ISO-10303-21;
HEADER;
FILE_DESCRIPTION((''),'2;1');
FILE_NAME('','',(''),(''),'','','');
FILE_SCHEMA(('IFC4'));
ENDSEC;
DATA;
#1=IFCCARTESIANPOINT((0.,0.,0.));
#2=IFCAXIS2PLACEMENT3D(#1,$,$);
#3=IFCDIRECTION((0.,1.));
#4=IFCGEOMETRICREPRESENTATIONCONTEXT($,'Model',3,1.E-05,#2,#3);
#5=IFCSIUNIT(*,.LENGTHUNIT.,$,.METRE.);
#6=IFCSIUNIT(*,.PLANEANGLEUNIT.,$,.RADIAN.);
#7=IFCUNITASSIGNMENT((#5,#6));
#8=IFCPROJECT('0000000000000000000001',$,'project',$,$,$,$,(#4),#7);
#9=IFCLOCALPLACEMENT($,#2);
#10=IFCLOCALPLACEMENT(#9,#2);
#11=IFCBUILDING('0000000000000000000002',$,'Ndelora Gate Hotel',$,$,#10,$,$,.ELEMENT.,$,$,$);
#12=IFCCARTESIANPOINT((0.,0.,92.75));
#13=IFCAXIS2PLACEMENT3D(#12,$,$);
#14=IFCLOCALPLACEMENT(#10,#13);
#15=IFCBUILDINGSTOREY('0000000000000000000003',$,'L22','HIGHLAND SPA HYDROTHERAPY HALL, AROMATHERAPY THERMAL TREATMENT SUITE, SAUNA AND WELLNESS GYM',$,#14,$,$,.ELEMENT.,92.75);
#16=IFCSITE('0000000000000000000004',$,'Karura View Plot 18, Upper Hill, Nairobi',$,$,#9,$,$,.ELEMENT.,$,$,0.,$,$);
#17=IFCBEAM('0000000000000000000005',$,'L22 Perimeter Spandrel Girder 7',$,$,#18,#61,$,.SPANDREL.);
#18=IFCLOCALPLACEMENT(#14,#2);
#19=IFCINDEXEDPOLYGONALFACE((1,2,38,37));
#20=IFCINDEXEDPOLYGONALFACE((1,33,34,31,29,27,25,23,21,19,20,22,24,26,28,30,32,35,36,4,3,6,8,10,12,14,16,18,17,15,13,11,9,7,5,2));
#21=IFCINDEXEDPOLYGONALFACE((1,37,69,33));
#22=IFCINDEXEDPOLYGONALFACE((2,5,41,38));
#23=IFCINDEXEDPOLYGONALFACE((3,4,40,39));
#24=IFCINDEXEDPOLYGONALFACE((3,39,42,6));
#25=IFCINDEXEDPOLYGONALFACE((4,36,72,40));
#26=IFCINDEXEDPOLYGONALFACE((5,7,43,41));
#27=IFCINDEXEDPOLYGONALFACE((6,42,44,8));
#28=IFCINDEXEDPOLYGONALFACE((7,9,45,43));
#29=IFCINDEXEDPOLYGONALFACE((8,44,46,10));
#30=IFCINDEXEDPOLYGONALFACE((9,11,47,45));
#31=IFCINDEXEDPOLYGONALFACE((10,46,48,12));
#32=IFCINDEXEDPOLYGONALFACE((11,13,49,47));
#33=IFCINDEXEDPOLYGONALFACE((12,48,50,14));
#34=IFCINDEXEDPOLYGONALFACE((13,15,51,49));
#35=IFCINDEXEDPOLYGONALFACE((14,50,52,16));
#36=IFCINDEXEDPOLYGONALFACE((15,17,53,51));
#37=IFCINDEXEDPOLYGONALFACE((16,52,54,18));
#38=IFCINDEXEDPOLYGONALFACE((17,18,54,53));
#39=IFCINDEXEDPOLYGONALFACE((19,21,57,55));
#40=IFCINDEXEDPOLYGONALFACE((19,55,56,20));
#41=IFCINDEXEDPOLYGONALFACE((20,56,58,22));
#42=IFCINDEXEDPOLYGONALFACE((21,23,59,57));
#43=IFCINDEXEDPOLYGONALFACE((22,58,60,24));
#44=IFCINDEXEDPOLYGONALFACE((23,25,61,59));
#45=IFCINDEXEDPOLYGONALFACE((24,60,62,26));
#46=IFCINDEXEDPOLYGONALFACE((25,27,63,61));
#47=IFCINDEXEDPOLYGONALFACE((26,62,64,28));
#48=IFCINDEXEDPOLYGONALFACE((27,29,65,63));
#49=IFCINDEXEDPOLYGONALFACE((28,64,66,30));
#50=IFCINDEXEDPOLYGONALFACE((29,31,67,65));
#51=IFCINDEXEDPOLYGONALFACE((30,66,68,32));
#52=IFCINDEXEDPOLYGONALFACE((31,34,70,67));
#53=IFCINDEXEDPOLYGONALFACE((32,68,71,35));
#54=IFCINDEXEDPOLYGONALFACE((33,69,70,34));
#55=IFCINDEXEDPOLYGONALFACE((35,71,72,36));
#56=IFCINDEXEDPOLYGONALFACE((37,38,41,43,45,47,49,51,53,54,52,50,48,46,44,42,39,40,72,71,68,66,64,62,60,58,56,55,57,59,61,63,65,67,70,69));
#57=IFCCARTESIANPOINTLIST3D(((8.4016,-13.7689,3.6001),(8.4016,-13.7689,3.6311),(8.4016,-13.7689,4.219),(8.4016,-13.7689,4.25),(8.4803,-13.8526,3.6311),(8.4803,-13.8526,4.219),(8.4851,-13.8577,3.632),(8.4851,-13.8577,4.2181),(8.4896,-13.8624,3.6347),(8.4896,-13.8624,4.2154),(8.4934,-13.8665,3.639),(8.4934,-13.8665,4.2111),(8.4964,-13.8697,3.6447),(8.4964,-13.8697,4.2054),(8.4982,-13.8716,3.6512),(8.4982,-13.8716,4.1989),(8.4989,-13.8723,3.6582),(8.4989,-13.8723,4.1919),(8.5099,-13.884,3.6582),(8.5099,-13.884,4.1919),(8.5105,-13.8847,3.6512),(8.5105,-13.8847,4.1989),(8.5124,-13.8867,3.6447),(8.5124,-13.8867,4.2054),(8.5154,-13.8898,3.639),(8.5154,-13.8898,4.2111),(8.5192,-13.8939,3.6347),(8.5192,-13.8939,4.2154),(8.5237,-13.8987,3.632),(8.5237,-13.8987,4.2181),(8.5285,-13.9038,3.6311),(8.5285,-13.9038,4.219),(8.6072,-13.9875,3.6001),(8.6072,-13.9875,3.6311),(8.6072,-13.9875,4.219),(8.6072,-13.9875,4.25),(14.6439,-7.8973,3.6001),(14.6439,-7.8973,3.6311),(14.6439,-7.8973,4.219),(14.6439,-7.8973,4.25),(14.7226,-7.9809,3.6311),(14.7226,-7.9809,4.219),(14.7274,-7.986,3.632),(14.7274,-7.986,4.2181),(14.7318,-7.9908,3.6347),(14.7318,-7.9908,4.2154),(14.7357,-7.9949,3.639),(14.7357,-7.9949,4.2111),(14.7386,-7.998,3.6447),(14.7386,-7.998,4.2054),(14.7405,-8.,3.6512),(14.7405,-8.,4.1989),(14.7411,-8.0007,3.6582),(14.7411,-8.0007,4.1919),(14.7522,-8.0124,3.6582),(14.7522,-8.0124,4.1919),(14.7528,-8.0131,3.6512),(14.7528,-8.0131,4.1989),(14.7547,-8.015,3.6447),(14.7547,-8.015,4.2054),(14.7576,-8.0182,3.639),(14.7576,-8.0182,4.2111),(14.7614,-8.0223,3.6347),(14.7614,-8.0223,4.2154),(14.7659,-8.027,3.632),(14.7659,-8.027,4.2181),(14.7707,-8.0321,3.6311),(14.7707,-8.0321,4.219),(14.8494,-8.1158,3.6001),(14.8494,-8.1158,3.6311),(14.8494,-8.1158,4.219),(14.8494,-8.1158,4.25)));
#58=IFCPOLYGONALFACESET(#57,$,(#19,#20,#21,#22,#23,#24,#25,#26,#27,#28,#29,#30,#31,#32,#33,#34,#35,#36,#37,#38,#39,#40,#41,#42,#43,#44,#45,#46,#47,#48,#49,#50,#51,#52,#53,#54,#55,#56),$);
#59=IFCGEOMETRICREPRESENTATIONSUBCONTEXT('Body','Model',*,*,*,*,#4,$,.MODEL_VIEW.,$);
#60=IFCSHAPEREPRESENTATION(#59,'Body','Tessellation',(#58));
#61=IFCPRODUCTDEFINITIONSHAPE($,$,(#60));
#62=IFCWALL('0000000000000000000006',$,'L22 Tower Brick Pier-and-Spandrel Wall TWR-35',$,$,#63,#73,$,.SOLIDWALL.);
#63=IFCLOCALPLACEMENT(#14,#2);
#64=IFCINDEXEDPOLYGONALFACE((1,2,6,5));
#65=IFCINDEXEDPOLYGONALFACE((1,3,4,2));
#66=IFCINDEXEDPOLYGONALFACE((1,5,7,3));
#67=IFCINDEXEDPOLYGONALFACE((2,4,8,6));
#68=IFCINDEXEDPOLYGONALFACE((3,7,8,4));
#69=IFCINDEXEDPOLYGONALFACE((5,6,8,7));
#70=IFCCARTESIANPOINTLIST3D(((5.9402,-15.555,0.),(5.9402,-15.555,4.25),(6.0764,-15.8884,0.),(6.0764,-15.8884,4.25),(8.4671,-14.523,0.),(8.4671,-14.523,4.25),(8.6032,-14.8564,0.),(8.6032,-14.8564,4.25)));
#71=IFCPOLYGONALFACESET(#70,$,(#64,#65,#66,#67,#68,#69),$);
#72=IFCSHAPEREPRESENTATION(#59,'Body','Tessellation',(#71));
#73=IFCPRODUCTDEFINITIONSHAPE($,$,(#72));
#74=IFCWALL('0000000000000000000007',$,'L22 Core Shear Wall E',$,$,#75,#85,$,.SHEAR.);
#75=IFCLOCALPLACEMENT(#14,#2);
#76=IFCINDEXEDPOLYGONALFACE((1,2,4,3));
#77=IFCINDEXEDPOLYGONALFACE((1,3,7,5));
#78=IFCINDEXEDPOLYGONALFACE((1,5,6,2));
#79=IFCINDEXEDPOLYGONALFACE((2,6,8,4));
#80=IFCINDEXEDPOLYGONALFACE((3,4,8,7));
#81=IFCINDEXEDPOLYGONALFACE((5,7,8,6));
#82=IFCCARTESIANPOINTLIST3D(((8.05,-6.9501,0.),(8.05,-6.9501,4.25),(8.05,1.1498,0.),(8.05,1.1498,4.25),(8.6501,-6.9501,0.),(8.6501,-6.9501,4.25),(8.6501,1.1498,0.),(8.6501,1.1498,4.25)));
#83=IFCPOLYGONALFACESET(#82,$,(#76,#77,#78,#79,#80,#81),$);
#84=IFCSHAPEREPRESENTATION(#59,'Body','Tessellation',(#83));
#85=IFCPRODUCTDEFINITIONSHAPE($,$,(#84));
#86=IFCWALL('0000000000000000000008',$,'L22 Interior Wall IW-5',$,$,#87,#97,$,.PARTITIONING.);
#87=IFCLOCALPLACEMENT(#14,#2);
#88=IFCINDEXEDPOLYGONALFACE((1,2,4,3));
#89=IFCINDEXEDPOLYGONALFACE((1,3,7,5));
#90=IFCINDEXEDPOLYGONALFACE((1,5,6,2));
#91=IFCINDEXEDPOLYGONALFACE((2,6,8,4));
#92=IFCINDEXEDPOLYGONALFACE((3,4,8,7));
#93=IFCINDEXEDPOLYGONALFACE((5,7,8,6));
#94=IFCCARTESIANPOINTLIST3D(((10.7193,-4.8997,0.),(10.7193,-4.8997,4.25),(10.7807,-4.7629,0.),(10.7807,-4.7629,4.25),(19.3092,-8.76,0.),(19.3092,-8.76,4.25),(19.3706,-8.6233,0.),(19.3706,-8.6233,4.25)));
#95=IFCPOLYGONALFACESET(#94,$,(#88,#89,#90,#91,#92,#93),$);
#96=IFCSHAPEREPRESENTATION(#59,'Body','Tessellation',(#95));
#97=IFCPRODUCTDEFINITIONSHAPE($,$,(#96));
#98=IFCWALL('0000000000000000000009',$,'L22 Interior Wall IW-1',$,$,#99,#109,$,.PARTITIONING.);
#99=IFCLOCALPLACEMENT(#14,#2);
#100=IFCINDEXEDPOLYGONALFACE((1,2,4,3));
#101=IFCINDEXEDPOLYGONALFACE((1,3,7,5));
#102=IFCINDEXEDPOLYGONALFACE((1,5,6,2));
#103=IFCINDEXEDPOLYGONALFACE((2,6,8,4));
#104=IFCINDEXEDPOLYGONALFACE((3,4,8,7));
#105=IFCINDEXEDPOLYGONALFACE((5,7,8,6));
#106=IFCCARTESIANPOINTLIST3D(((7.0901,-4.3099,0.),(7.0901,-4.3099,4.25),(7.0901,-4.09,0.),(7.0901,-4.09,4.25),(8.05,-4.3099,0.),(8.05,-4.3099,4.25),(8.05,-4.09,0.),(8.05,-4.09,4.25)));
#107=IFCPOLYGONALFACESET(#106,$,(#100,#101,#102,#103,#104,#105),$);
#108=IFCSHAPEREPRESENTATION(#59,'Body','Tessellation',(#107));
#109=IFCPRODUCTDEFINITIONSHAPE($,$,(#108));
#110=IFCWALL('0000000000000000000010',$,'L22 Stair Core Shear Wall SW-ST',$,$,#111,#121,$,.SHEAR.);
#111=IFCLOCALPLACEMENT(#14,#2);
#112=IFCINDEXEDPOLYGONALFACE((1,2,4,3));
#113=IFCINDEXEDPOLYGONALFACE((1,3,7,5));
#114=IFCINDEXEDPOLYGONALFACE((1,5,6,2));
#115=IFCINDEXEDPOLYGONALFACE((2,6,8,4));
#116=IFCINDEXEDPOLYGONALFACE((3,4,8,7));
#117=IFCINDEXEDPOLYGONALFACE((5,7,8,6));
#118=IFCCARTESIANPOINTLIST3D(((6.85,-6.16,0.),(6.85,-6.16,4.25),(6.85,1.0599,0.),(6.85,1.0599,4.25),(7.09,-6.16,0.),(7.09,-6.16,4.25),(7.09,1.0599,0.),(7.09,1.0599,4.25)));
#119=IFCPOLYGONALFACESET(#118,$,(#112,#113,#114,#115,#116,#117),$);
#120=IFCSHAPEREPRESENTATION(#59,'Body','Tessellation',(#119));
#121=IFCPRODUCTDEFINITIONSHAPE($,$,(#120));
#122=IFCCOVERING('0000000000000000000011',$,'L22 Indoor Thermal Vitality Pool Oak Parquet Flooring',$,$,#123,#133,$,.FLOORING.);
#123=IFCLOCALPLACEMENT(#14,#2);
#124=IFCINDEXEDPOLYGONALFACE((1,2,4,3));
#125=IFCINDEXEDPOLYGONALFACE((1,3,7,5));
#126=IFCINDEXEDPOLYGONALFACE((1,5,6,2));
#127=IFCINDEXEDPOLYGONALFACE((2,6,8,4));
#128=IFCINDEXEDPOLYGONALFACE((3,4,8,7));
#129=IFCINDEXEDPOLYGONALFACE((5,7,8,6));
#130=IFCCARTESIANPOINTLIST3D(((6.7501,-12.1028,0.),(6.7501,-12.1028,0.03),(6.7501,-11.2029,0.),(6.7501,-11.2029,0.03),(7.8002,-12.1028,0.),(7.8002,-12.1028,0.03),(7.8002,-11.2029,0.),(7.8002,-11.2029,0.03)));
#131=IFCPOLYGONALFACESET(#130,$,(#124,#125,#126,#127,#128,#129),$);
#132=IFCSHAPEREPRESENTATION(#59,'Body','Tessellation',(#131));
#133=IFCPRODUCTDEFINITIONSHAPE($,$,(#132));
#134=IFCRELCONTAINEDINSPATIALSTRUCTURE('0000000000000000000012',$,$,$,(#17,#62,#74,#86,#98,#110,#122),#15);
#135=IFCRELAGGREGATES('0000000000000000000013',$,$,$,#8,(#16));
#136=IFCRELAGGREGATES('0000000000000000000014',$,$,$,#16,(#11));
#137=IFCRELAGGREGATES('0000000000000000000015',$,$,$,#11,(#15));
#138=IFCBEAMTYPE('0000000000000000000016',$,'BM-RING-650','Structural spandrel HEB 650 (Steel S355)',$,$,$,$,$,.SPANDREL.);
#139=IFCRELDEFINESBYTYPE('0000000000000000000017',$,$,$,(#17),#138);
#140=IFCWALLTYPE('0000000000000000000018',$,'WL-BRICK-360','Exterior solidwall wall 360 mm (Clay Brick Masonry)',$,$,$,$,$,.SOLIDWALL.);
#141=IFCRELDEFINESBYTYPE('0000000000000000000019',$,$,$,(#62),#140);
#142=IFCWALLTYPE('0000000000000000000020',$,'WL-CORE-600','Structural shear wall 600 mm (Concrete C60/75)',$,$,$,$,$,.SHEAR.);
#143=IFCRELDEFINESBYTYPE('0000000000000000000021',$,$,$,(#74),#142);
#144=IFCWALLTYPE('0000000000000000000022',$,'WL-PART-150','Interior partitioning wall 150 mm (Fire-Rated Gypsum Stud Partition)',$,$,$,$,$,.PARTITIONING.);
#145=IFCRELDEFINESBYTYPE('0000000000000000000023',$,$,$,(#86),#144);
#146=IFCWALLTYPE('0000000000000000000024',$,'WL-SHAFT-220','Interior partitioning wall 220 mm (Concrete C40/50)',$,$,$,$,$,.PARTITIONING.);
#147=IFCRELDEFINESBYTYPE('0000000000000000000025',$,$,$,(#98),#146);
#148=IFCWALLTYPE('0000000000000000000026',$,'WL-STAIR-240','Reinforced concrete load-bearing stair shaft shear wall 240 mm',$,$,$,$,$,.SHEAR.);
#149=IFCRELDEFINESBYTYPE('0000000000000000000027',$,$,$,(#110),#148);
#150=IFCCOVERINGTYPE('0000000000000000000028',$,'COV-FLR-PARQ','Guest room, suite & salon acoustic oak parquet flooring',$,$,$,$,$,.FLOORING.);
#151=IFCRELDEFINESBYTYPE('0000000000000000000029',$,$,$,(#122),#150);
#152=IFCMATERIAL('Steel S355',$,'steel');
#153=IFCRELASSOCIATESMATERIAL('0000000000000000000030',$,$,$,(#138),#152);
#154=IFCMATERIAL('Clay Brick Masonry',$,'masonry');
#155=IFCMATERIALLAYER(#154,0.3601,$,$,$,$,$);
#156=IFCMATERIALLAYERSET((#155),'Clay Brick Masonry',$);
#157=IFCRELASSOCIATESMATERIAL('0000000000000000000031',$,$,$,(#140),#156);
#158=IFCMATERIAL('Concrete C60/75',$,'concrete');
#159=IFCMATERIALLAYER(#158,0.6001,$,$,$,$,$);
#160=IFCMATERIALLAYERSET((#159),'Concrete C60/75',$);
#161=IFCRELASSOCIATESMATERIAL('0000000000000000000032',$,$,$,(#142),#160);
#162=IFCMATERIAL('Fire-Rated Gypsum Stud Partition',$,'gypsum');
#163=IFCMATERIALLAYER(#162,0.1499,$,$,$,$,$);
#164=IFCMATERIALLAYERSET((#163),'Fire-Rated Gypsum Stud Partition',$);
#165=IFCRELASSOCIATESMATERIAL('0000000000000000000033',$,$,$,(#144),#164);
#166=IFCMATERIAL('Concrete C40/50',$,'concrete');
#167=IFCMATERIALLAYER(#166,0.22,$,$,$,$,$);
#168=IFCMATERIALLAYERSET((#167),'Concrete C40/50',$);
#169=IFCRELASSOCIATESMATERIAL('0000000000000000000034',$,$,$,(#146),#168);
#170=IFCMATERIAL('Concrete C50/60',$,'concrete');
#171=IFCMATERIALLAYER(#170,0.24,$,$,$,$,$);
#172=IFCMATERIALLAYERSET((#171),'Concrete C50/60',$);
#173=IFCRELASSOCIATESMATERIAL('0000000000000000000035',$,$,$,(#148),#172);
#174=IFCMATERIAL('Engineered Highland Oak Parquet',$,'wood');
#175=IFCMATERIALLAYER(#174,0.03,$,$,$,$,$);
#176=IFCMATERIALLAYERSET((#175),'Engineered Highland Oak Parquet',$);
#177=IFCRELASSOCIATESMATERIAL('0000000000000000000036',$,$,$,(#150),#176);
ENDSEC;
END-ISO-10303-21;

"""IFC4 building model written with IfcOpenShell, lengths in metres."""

from ifc_helpers import new_model, si_unit, direction, frame, frame_2d, origin, origin_2d, place, context, subcontext, project, spatial, rectangle, i_section, extrude, material, layer, layer_set, material_profile, profile_set, type_object, element, save


model = new_model("IFC4")

# Units and contexts
model_context = context("Model", 3, precision=1e-05, world=origin(), true_north=direction((0.0, 1.0)))
body_context = subcontext(model_context, "Body", "Model", "MODEL_VIEW")
ifc_project = project(units=[si_unit("LENGTHUNIT", "METRE"), si_unit("PLANEANGLEUNIT", "RADIAN")], contexts=[model_context])

# Site, building, storey
site_placement = place(None, origin())
site = spatial("IfcSite", under=ifc_project, at=site_placement, Name="Karura View Plot 18, Upper Hill, Nairobi", CompositionType="ELEMENT", RefElevation=0.0)
building_placement = place(site_placement, origin())
building = spatial("IfcBuilding", under=site, at=building_placement, Name="Ndelora Gate Hotel", CompositionType="ELEMENT")
storey_placement = place(building_placement, frame((0.0, 0.0, 92.75)))
storey = spatial("IfcBuildingStorey", under=building, at=storey_placement, Name="L22", Description="HIGHLAND SPA HYDROTHERAPY HALL, AROMATHERAPY THERMAL TREATMENT SUITE, SAUNA AND WELLNESS GYM", CompositionType="ELEMENT", Elevation=92.75)

# Shared definitions
ifc_material_1 = material(Name="Concrete C60/75", Category="concrete")

# Beam
ifc_material_2 = material(Name="Steel S355", Category="steel")
ifc_material_profile_1 = material_profile(ifc_material_2, i_section(OverallWidth=0.3, OverallDepth=0.6499, WebThickness=0.0161, FlangeThickness=0.031, FilletRadius=0.0271, at=origin_2d()), Name="HEB 650")
ifc_profile_set_1 = profile_set([ifc_material_profile_1], Name="Steel S355")
beam_type_1 = type_object("IfcBeamType", Name="BM-RING-650", Description="Structural spandrel HEB 650 (Steel S355)", PredefinedType="SPANDREL", material=ifc_profile_set_1)
beam_1_placement = place(storey_placement, frame((8.5044, -13.8782, 3.925), z_axis=(0.728399, 0.685153, 0.0), x_axis=(-0.685153, 0.728399, 0.0)))
element("IfcBeam", 1, at=beam_1_placement, inside=storey, type_object=beam_type_1, Name="L22 Perimeter Spandrel Girder 7", PredefinedType="SPANDREL", context=body_context, shape_type="SweptSolid", body=[
    extrude(i_section(OverallWidth=0.3, OverallDepth=0.6499, WebThickness=0.0161, FlangeThickness=0.031, FilletRadius=0.0271, at=origin_2d()), origin(), (0.0, 0.0, 1.0), 8.5698),
])

# Walls
ifc_material_3 = material(Name="Clay Brick Masonry", Category="masonry")
ifc_layer_1 = layer(ifc_material_3, 0.3601)
ifc_layer_set_1 = layer_set([ifc_layer_1], Name="Clay Brick Masonry")
wall_type_1 = type_object("IfcWallType", Name="WL-BRICK-360", Description="Exterior solidwall wall 360 mm (Clay Brick Masonry)", PredefinedType="SOLIDWALL", material=ifc_layer_set_1)
wall_1_placement = place(storey_placement, frame((8.5352, -14.6897, 0.0), z_axis=(0.0, 0.0, 1.0), x_axis=(-0.925769, -0.378089, 0.0)))
element("IfcWall", 2, at=wall_1_placement, inside=storey, type_object=wall_type_1, Name="L22 Tower Brick Pier-and-Spandrel Wall TWR-35", PredefinedType="SOLIDWALL", context=body_context, shape_type="SweptSolid", body=[
    extrude(rectangle(XDim=2.7295, YDim=0.3601, at=frame_2d((1.3647, 0.0))), origin(), (0.0, 0.0, 1.0), 4.25),
])
ifc_layer_2 = layer(ifc_material_1, 0.6001)
ifc_layer_set_2 = layer_set([ifc_layer_2], Name="Concrete C60/75")
wall_type_2 = type_object("IfcWallType", Name="WL-CORE-600", Description="Structural shear wall 600 mm (Concrete C60/75)", PredefinedType="SHEAR", material=ifc_layer_set_2)
wall_2_placement = place(storey_placement, frame((8.3501, -6.95, 0.0), z_axis=(0.0, 0.0, 1.0), x_axis=(0.0, 1.0, 0.0)))
element("IfcWall", 3, at=wall_2_placement, inside=storey, type_object=wall_type_2, Name="L22 Core Shear Wall E", PredefinedType="SHEAR", context=body_context, shape_type="SweptSolid", body=[
    extrude(rectangle(XDim=8.0999, YDim=0.6001, at=frame_2d((4.0498, 0.0))), origin(), (0.0, 0.0, 1.0), 4.25),
])

# Shared definitions
ifc_material_4 = material(Name="Fire-Rated Gypsum Stud Partition", Category="gypsum")
ifc_layer_3 = layer(ifc_material_4, 0.1499)
ifc_layer_set_3 = layer_set([ifc_layer_3], Name="Fire-Rated Gypsum Stud Partition")
wall_type_3 = type_object("IfcWallType", Name="WL-PART-150", Description="Interior partitioning wall 150 mm (Fire-Rated Gypsum Stud Partition)", PredefinedType="PARTITIONING", material=ifc_layer_set_3)

# Walls
wall_3_placement = place(storey_placement, frame((10.75, -4.8313, 0.0), z_axis=(0.0, 0.0, 1.0), x_axis=(0.912123, -0.409916, 0.0)))
element("IfcWall", 4, at=wall_3_placement, inside=storey, type_object=wall_type_3, Name="L22 Interior Wall IW-5", PredefinedType="PARTITIONING", context=body_context, shape_type="SweptSolid", body=[
    extrude(rectangle(XDim=9.4175, YDim=0.1499, at=frame_2d((4.7087, 0.0))), origin(), (0.0, 0.0, 1.0), 4.25),
])
ifc_material_5 = material(Name="Concrete C40/50", Category="concrete")
ifc_layer_4 = layer(ifc_material_5, 0.22)
ifc_layer_set_4 = layer_set([ifc_layer_4], Name="Concrete C40/50")
wall_type_4 = type_object("IfcWallType", Name="WL-SHAFT-220", Description="Interior partitioning wall 220 mm (Concrete C40/50)", PredefinedType="PARTITIONING", material=ifc_layer_set_4)
wall_4_placement = place(storey_placement, frame((7.0901, -4.2, 0.0), z_axis=(0.0, 0.0, 1.0), x_axis=(1.0, 0.0, 0.0)))
element("IfcWall", 5, at=wall_4_placement, inside=storey, type_object=wall_type_4, Name="L22 Interior Wall IW-1", PredefinedType="PARTITIONING", context=body_context, shape_type="SweptSolid", body=[
    extrude(rectangle(XDim=0.96, YDim=0.22, at=frame_2d((0.48, 0.0))), origin(), (0.0, 0.0, 1.0), 4.25),
])
ifc_material_6 = material(Name="Concrete C50/60", Category="concrete")
ifc_layer_5 = layer(ifc_material_6, 0.24)
ifc_layer_set_5 = layer_set([ifc_layer_5], Name="Concrete C50/60")
wall_type_5 = type_object("IfcWallType", Name="WL-STAIR-240", Description="Reinforced concrete load-bearing stair shaft shear wall 240 mm", PredefinedType="SHEAR", material=ifc_layer_set_5)
wall_5_placement = place(storey_placement, frame((6.97, -6.1599, 0.0), z_axis=(0.0, 0.0, 1.0), x_axis=(0.0, 1.0, 0.0)))
element("IfcWall", 6, at=wall_5_placement, inside=storey, type_object=wall_type_5, Name="L22 Stair Core Shear Wall SW-ST", PredefinedType="SHEAR", context=body_context, shape_type="SweptSolid", body=[
    extrude(rectangle(XDim=7.22, YDim=0.24, at=frame_2d((3.6099, 0.0))), origin(), (0.0, 0.0, 1.0), 4.25),
])

# Covering
ifc_material_7 = material(Name="Engineered Highland Oak Parquet", Category="wood")
ifc_layer_6 = layer(ifc_material_7, 0.03)
ifc_layer_set_6 = layer_set([ifc_layer_6], Name="Engineered Highland Oak Parquet")
covering_type = type_object("IfcCoveringType", Name="COV-FLR-PARQ", Description="Guest room, suite & salon acoustic oak parquet flooring", PredefinedType="FLOORING", material=ifc_layer_set_6)
covering_placement = place(storey_placement, frame((7.2751, -11.6528, 0.0), z_axis=(0.0, 0.0, 1.0), x_axis=(1.0, 0.0, 0.0)))
element("IfcCovering", 7, at=covering_placement, inside=storey, type_object=covering_type, Name="L22 Indoor Thermal Vitality Pool Oak Parquet Flooring", PredefinedType="FLOORING", context=body_context, shape_type="SweptSolid", body=[
    extrude(rectangle(XDim=1.05, YDim=0.8999, at=origin_2d()), origin(), (0.0, 0.0, 1.0), 0.03),
])

save(model, "model.ifc")
